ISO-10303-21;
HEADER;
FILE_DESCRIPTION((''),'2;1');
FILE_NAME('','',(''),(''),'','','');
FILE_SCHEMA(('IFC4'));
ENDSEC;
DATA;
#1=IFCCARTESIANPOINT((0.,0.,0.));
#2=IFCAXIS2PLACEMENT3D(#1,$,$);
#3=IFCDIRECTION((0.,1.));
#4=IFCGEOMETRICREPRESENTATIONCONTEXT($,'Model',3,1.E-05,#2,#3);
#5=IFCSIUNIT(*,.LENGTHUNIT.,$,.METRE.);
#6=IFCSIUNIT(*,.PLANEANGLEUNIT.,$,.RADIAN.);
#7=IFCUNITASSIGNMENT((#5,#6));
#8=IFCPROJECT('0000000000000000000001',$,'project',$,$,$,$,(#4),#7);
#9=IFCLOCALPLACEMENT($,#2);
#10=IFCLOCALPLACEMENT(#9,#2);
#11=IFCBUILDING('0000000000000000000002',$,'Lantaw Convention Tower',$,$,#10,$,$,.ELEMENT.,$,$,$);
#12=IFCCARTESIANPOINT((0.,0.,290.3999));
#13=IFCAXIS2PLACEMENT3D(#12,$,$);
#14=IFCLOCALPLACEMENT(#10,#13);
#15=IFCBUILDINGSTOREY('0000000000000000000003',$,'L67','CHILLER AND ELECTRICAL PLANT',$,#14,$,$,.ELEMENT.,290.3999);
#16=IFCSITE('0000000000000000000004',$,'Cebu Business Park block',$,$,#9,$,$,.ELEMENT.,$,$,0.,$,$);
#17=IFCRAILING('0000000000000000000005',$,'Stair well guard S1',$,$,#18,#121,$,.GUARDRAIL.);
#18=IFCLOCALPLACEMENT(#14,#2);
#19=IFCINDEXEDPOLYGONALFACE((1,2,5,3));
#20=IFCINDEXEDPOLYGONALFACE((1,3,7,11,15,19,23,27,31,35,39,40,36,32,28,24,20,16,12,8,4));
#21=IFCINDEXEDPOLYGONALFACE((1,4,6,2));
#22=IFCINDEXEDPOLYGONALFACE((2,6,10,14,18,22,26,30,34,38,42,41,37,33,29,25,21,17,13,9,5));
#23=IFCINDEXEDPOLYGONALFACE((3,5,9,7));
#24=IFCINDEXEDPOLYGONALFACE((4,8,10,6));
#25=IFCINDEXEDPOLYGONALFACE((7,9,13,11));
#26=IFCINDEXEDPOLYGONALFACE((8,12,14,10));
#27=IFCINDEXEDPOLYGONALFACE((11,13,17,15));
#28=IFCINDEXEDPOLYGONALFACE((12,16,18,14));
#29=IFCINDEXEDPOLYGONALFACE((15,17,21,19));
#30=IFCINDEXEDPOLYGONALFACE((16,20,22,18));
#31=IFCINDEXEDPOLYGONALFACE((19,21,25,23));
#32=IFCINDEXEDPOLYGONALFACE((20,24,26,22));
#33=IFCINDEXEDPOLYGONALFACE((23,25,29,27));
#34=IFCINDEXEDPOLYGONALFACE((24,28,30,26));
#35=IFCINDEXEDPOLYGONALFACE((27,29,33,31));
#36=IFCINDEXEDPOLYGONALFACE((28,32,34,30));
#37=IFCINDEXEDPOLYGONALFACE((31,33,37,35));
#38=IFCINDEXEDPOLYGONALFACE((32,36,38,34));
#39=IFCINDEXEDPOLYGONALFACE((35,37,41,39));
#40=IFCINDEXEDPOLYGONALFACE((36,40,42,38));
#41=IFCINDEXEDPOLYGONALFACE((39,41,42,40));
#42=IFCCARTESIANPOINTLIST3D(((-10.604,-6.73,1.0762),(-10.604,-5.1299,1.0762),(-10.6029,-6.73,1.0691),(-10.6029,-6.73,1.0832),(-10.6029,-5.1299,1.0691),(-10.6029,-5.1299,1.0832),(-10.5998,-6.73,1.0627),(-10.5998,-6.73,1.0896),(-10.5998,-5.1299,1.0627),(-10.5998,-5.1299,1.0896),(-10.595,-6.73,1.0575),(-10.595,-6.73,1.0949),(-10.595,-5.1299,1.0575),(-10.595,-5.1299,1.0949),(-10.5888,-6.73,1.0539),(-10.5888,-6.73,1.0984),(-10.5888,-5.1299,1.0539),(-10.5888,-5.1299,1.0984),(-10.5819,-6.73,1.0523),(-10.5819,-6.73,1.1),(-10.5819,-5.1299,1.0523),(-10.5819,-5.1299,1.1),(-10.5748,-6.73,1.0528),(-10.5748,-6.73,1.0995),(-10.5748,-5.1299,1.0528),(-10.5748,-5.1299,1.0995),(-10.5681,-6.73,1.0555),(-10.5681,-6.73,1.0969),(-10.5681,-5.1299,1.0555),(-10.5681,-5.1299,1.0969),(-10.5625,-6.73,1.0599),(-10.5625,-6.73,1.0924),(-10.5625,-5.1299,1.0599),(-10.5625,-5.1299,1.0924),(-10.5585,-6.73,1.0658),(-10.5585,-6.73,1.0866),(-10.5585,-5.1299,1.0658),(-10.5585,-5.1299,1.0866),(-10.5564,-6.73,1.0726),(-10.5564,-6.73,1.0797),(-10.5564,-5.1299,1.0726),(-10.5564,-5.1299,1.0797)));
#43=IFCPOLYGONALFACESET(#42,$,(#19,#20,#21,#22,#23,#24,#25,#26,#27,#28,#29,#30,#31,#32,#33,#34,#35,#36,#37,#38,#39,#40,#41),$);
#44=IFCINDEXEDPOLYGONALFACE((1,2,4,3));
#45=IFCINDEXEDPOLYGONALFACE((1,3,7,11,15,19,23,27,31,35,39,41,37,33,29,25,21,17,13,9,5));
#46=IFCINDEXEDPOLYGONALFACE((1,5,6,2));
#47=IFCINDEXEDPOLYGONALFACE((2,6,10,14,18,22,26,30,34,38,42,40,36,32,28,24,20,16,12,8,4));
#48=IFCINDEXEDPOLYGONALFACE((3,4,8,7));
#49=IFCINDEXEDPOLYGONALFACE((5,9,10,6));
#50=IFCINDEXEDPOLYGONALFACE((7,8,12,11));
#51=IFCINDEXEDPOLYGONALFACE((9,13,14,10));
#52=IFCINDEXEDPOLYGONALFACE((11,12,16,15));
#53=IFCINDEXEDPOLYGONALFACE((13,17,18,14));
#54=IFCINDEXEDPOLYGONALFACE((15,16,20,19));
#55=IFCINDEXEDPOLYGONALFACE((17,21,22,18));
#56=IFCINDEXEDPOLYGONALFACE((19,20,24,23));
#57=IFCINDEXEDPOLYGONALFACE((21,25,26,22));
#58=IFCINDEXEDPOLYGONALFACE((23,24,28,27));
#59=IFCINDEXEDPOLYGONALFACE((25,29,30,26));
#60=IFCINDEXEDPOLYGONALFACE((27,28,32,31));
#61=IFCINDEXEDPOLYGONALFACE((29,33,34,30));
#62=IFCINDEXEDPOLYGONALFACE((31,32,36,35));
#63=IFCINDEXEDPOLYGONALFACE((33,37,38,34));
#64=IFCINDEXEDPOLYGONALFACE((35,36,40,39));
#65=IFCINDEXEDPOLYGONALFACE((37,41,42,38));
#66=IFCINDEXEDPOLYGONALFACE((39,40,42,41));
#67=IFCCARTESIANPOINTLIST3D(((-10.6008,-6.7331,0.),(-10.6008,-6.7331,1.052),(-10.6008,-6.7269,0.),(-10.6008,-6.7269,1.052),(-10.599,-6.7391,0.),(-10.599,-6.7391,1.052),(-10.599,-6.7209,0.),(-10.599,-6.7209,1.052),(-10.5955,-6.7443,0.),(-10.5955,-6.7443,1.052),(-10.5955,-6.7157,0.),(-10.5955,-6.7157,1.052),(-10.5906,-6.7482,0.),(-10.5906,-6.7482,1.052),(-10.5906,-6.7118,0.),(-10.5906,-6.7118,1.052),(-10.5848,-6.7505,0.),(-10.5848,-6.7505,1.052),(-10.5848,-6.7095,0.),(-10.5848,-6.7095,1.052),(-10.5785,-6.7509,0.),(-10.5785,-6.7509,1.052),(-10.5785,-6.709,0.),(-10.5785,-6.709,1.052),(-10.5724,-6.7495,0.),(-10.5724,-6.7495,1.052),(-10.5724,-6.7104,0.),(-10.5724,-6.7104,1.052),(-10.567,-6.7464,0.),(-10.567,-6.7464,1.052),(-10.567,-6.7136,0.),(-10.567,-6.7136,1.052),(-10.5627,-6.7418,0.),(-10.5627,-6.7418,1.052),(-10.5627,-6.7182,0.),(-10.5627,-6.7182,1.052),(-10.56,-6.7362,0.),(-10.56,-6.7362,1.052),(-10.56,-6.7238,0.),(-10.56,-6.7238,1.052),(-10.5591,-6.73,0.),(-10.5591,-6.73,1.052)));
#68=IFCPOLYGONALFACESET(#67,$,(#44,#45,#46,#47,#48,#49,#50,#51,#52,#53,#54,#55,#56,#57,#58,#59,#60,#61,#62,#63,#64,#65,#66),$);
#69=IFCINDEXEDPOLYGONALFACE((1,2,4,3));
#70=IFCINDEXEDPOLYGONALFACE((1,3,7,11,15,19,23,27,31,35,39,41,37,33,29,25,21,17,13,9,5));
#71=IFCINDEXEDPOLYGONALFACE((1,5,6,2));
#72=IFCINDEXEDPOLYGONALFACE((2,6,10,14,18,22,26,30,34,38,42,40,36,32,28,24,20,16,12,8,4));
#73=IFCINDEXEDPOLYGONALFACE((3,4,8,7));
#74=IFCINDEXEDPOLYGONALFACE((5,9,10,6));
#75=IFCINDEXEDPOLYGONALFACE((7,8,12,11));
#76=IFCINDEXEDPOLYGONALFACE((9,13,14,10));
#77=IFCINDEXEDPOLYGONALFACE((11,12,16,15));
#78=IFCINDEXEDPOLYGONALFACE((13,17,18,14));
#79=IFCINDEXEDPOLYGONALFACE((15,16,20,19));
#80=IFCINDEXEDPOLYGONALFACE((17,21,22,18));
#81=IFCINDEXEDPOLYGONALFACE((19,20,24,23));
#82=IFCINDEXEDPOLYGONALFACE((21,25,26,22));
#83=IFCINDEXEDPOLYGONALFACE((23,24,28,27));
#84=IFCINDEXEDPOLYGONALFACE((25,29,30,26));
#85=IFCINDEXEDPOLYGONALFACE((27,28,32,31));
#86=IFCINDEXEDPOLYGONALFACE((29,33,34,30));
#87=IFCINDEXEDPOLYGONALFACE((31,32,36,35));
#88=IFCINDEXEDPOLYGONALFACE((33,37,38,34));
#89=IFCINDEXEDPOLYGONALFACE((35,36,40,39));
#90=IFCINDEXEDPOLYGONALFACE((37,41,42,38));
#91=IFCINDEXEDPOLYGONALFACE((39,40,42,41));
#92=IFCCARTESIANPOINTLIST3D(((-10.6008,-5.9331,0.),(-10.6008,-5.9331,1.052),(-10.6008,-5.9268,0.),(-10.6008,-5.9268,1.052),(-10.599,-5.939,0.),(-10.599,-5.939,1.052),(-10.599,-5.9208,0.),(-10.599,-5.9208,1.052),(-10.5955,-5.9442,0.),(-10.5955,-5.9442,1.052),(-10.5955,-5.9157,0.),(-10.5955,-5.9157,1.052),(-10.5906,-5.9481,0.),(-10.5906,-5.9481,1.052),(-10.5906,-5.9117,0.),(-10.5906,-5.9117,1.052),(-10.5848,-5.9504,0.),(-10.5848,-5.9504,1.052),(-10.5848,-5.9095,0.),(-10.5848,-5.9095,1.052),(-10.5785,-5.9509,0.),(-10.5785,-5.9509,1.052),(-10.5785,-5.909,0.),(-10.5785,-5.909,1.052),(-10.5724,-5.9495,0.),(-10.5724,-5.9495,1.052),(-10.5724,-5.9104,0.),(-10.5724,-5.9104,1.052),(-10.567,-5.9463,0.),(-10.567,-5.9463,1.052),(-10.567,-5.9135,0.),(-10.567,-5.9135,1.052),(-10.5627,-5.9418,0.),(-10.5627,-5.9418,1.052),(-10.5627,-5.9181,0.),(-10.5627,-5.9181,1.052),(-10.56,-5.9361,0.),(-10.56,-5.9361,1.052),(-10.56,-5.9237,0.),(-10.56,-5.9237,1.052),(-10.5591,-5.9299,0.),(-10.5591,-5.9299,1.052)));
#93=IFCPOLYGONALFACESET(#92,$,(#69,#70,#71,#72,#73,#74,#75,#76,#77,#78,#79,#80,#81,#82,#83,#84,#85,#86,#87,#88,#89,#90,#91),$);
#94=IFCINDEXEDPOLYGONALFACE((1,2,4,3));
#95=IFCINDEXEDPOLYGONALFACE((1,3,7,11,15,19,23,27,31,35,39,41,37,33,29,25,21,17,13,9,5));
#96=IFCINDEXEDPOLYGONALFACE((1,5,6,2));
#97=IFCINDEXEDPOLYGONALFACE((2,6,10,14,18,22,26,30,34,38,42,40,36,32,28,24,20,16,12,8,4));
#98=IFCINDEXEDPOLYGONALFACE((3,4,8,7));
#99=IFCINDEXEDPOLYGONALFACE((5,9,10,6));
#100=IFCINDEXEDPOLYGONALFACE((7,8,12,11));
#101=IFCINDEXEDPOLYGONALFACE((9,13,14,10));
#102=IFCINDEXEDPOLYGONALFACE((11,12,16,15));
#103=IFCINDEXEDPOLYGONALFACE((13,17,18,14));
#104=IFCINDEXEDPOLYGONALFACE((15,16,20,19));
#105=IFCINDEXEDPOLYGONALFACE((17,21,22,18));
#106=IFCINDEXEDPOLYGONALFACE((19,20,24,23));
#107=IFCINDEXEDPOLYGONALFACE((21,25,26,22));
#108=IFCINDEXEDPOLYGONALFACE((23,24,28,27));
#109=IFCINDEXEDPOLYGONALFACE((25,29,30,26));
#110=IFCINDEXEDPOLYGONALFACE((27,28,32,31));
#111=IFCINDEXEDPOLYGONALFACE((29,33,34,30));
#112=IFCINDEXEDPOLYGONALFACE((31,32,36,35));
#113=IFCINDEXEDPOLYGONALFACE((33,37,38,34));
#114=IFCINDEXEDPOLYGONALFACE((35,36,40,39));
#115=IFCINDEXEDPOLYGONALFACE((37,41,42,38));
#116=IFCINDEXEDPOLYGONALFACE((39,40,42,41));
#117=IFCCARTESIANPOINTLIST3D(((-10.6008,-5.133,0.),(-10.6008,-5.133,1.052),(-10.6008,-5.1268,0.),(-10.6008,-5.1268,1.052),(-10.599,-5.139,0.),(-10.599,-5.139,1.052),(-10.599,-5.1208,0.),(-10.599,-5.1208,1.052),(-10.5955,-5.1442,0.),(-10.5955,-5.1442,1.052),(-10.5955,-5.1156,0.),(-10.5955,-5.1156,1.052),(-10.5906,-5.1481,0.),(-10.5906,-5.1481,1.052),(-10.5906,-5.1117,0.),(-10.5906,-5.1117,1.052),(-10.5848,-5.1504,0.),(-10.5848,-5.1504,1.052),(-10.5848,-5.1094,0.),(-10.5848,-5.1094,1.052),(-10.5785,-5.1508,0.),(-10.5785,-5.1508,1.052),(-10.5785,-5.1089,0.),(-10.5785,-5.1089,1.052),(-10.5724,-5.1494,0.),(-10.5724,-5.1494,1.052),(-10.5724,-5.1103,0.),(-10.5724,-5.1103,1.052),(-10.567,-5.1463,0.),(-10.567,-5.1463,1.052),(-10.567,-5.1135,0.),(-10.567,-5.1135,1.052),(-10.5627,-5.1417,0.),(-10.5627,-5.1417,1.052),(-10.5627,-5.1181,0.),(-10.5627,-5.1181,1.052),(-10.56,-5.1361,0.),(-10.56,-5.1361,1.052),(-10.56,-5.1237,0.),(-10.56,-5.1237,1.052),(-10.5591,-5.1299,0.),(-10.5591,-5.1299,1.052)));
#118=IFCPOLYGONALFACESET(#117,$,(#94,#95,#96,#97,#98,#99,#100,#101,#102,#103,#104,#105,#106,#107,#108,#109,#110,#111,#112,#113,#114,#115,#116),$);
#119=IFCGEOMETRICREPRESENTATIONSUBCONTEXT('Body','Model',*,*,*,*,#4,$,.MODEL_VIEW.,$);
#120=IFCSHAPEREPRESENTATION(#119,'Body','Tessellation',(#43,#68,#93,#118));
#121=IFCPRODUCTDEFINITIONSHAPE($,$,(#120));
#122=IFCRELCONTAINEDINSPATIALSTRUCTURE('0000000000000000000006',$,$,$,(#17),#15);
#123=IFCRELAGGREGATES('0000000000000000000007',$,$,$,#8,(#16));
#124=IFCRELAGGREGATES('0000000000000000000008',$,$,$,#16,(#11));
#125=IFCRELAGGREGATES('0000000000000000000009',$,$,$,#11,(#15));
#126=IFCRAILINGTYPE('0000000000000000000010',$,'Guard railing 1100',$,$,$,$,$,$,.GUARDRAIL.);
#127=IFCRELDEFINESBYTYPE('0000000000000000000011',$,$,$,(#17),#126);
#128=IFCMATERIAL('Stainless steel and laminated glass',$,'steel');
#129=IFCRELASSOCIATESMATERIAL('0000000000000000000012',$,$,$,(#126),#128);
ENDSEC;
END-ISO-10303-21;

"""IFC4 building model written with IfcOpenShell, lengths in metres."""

from ifc_helpers import new_model, si_unit, direction, frame, origin, origin_2d, place, context, subcontext, project, spatial, circle, extrude, material, type_object, element, save


model = new_model("IFC4")

# Units and contexts
model_context = context("Model", 3, precision=1e-05, world=origin(), true_north=direction((0.0, 1.0)))
body_context = subcontext(model_context, "Body", "Model", "MODEL_VIEW")
ifc_project = project(units=[si_unit("LENGTHUNIT", "METRE"), si_unit("PLANEANGLEUNIT", "RADIAN")], contexts=[model_context])

# Site, building, storey
site_placement = place(None, origin())
site = spatial("IfcSite", under=ifc_project, at=site_placement, Name="Cebu Business Park block", CompositionType="ELEMENT", RefElevation=0.0)
building_placement = place(site_placement, origin())
building = spatial("IfcBuilding", under=site, at=building_placement, Name="Lantaw Convention Tower", CompositionType="ELEMENT")
storey_placement = place(building_placement, frame((0.0, 0.0, 290.3999)))
storey = spatial("IfcBuildingStorey", under=building, at=storey_placement, Name="L67", Description="CHILLER AND ELECTRICAL PLANT", CompositionType="ELEMENT", Elevation=290.3999)

# Railing
ifc_material_1 = material(Name="Stainless steel and laminated glass", Category="steel")
railing_type = type_object("IfcRailingType", Name="Guard railing 1100", PredefinedType="GUARDRAIL", material=ifc_material_1)
railing_placement = place(storey_placement, frame((-10.5801, -6.73, 0.0)))
element("IfcRailing", 1, at=railing_placement, inside=storey, type_object=railing_type, Name="Stair well guard S1", PredefinedType="GUARDRAIL", context=body_context, shape_type="SweptSolid", body=[
    extrude(circle(Radius=0.0239, at=origin_2d()), frame((0.0, 0.0, 1.0762), z_axis=(0.0, 1.0, 0.0), x_axis=(-1.0, 0.0, 0.0)), (0.0, 0.0, 1.0), 1.6001),
    extrude(circle(Radius=0.021, at=origin_2d()), origin(), (0.0, 0.0, 1.0), 1.052),
    extrude(circle(Radius=0.021, at=origin_2d()), frame((0.0, 0.8, 0.0)), (0.0, 0.0, 1.0), 1.052),
    extrude(circle(Radius=0.021, at=origin_2d()), frame((0.0, 1.6001, 0.0)), (0.0, 0.0, 1.0), 1.052),
])

save(model, "model.ifc")
